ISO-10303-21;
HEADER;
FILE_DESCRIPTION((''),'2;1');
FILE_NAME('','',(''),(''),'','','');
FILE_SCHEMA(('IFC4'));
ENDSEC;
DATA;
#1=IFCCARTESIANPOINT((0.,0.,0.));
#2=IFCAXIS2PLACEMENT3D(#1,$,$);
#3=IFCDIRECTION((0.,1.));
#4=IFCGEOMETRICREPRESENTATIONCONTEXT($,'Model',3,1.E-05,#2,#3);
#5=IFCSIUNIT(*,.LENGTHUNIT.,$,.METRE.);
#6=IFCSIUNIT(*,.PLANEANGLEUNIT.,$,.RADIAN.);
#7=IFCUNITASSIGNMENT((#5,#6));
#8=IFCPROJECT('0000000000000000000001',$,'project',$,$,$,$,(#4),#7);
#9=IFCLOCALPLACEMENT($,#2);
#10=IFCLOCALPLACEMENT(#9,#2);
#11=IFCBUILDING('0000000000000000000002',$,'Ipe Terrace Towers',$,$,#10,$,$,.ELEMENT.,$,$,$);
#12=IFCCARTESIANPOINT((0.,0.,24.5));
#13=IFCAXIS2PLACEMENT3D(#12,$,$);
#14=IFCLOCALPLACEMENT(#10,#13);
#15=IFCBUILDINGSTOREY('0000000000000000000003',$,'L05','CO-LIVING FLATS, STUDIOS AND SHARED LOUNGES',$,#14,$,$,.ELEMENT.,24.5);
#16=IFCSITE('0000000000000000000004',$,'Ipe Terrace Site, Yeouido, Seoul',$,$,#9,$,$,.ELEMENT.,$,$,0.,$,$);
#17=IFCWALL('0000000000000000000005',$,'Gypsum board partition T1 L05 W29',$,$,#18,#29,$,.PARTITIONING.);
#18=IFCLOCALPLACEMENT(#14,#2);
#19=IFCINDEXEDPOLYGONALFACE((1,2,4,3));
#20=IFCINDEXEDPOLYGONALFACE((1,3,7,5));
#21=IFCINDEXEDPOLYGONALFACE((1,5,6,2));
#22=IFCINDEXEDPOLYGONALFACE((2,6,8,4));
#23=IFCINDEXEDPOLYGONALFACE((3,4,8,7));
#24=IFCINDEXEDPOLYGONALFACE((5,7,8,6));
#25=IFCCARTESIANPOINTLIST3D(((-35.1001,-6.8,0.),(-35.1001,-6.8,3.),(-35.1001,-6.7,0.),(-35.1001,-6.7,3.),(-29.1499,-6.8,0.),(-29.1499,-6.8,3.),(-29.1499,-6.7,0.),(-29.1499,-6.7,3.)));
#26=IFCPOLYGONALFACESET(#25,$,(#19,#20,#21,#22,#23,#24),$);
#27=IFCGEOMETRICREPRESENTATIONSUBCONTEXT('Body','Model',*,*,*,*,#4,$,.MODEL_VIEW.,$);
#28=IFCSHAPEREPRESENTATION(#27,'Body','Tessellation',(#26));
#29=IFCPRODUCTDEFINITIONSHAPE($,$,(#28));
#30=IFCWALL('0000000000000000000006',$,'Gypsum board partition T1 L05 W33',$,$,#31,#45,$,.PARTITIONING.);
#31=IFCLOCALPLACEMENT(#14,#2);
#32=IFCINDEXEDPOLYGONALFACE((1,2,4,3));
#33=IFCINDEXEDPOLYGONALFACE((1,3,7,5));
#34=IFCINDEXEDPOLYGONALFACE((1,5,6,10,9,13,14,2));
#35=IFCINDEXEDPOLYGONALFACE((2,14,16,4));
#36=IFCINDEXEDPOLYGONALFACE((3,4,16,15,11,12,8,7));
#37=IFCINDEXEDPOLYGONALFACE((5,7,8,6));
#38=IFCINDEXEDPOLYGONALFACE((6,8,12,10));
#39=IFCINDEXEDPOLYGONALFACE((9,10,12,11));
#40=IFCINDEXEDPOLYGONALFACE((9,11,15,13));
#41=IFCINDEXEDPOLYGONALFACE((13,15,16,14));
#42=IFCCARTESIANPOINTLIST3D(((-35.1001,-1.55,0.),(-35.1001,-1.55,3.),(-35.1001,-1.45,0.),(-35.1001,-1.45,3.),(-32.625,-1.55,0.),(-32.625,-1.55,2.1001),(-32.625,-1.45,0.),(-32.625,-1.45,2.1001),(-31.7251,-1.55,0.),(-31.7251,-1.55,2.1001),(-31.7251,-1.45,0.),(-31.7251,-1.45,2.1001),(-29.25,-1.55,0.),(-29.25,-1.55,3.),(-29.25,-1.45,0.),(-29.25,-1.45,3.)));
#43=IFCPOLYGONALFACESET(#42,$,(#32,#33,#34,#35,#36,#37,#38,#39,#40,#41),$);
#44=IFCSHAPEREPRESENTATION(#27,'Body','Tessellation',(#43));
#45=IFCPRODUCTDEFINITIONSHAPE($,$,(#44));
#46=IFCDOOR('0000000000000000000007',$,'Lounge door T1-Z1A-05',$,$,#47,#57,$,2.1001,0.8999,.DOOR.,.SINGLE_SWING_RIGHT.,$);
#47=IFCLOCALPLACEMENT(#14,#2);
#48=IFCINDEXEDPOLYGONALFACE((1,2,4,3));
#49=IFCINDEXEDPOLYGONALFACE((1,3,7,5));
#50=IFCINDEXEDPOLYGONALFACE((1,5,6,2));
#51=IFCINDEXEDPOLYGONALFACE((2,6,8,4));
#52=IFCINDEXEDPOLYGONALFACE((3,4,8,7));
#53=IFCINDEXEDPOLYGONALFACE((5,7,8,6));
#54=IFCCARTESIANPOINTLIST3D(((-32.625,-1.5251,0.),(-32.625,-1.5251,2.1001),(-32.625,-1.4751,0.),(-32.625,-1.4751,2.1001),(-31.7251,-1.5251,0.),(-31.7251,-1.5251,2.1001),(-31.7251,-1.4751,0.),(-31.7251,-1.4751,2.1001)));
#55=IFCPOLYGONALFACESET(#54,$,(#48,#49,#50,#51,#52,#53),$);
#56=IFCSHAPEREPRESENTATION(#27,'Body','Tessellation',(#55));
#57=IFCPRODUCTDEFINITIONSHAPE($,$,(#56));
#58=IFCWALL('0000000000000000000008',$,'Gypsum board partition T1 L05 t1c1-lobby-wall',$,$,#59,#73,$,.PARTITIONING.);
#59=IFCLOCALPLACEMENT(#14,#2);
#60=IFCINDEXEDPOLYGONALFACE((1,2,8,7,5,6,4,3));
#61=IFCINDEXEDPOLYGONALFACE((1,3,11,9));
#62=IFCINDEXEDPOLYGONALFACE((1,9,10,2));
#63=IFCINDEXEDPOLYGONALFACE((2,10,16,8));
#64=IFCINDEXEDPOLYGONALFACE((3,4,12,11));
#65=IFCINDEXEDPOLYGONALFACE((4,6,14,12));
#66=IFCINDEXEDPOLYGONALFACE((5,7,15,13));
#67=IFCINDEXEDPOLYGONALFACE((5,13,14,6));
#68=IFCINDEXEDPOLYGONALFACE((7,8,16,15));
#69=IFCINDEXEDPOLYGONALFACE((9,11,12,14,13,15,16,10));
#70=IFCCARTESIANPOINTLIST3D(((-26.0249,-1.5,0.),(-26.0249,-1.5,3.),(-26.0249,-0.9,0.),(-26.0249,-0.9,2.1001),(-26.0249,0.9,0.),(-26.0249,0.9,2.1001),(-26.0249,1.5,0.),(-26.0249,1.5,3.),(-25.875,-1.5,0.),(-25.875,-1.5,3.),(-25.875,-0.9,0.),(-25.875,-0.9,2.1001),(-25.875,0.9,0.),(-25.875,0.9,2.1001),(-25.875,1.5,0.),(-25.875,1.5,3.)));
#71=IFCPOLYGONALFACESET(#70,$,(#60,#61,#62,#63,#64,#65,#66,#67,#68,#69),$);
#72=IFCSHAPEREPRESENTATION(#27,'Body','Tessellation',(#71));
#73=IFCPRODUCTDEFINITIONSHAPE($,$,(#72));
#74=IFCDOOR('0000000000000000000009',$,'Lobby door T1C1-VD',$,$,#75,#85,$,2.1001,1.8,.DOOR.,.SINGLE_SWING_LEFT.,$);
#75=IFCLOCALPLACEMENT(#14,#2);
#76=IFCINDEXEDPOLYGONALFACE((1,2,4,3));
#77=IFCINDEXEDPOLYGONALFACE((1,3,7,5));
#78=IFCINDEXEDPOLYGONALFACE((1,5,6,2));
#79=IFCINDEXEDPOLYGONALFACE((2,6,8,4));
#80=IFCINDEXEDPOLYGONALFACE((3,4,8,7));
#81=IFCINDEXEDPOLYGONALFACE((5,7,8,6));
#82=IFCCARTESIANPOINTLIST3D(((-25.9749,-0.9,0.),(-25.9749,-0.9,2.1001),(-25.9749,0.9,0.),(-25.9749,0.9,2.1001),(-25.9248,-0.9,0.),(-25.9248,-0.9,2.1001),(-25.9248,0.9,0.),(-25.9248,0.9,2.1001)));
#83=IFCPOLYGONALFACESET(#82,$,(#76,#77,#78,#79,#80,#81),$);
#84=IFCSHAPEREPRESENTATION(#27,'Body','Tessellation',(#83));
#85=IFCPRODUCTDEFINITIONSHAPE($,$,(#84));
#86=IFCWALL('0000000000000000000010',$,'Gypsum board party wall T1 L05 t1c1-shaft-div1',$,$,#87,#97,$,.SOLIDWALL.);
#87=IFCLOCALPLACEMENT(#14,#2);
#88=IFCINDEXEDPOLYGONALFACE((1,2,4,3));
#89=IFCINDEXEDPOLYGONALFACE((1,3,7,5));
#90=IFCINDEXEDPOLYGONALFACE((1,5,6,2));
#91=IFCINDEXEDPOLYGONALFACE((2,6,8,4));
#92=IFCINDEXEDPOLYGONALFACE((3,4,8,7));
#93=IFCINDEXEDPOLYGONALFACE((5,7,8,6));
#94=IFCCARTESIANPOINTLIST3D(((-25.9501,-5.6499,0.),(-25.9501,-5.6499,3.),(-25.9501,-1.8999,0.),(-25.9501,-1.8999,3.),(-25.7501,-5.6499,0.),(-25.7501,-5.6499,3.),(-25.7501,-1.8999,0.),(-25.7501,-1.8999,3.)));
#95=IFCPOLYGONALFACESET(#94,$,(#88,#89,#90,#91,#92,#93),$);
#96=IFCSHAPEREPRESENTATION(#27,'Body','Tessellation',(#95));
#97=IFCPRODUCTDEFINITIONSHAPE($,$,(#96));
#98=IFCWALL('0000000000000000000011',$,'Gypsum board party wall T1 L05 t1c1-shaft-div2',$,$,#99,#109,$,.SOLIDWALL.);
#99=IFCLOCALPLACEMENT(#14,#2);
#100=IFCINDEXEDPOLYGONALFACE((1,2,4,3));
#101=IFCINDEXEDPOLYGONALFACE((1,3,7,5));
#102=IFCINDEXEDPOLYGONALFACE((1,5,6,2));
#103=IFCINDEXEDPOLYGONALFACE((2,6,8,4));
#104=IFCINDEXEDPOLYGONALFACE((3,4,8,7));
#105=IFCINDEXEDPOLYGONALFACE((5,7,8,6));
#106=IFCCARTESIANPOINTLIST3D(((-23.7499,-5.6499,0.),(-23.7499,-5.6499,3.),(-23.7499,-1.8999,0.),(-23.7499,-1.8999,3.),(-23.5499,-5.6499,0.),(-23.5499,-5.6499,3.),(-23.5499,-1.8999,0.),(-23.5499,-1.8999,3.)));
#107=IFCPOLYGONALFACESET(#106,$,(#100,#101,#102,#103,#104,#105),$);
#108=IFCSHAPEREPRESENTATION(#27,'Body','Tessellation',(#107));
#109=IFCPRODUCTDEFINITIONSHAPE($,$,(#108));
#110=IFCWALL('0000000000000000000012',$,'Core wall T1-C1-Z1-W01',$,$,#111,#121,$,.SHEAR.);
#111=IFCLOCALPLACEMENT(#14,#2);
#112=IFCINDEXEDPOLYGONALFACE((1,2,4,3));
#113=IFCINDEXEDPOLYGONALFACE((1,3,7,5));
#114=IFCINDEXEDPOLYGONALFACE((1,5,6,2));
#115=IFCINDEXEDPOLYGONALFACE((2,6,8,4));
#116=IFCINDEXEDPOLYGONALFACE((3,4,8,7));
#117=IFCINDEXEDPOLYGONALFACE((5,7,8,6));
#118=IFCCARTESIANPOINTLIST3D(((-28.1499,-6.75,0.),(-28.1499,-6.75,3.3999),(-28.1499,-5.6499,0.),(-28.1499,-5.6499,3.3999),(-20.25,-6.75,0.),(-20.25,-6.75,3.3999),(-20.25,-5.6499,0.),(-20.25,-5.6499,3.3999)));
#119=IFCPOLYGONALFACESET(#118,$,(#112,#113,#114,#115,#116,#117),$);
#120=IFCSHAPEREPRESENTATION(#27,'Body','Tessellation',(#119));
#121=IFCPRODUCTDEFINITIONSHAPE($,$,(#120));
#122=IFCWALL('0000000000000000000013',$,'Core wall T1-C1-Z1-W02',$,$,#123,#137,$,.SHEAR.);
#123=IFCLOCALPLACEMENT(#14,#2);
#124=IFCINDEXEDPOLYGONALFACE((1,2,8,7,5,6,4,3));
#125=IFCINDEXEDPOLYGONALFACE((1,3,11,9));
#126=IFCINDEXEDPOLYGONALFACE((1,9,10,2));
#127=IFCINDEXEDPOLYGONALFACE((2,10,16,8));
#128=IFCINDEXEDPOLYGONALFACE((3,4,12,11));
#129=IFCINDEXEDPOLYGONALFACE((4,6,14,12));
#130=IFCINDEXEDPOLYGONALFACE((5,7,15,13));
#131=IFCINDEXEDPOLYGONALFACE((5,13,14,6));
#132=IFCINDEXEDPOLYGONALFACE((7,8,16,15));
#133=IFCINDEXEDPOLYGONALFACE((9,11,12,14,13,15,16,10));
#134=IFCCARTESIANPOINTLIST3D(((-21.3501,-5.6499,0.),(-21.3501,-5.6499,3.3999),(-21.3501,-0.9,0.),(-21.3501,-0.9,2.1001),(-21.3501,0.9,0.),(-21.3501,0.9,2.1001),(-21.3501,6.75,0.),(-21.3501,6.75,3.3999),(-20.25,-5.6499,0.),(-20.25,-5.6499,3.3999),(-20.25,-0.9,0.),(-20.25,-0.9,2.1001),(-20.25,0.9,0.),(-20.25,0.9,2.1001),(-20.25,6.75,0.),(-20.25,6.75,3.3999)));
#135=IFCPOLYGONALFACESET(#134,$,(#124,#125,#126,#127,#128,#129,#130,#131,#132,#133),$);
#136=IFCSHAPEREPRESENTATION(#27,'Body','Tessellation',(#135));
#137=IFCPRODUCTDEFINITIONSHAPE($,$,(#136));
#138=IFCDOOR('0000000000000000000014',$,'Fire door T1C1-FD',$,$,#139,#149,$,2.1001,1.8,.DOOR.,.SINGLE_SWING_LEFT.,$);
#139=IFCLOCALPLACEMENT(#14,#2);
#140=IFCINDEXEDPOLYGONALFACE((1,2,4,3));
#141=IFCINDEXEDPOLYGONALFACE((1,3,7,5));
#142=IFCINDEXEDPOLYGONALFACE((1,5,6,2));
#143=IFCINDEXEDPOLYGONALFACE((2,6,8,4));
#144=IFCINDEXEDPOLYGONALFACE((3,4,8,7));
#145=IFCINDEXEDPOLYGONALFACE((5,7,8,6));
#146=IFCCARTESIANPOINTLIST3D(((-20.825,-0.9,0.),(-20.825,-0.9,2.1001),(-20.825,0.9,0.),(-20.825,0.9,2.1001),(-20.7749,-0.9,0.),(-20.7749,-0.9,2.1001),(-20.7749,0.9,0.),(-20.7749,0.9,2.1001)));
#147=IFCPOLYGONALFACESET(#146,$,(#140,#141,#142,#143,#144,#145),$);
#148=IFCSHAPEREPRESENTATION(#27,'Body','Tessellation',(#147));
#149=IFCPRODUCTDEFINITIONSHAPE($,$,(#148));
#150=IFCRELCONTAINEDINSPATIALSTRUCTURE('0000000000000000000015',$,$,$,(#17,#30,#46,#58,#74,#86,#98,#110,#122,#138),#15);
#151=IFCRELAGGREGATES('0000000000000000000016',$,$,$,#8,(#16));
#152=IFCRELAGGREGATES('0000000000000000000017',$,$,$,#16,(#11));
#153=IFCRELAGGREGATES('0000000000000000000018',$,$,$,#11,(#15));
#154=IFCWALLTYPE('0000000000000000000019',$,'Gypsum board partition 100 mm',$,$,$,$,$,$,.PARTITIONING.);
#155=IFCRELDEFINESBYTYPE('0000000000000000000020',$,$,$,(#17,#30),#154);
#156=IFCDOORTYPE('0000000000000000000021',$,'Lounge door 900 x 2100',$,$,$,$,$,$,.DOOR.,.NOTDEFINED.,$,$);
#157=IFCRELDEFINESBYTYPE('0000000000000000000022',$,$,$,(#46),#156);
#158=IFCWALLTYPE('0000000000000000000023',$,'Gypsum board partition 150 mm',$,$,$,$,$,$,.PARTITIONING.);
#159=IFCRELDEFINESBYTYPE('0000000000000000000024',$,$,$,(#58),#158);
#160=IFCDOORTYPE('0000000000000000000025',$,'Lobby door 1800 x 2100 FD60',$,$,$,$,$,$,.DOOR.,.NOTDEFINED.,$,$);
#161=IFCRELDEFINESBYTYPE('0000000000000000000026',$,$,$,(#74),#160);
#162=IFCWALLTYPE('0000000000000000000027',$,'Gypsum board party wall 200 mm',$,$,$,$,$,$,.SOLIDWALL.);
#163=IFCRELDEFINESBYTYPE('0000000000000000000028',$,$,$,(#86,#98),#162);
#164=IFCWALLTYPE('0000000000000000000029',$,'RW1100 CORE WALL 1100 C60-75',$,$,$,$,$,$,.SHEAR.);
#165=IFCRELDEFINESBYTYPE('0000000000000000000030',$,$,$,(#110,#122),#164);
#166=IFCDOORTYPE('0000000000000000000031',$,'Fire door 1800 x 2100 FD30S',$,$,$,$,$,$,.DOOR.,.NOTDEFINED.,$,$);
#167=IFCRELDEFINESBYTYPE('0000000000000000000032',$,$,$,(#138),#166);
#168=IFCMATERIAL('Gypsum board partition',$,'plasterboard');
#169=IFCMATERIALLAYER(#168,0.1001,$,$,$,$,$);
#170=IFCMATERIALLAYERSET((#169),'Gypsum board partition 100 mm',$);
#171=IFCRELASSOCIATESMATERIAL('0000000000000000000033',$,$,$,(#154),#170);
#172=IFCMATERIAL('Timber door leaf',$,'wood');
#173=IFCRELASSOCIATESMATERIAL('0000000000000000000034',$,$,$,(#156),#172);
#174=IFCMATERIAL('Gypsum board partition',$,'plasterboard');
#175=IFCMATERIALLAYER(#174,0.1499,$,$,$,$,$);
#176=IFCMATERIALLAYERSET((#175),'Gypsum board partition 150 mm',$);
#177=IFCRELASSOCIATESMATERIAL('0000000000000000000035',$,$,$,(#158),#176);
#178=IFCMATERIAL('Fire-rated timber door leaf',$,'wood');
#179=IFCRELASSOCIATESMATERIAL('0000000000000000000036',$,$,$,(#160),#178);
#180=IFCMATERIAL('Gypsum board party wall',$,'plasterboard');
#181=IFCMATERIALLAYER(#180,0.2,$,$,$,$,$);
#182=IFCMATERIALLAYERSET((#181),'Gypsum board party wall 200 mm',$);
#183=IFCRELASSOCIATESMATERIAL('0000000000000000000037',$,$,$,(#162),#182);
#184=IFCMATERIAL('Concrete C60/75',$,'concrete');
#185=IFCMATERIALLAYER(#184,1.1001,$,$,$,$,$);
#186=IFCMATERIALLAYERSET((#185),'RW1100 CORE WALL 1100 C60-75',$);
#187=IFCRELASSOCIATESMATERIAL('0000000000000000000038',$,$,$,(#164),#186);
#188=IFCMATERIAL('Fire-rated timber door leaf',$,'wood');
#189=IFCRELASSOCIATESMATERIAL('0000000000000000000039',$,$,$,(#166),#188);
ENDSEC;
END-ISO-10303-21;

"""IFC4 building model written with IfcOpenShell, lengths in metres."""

from ifc_helpers import new_model, si_unit, direction, frame, frame_2d, origin, place, context, subcontext, project, spatial, rectangle, extrude, material, layer, layer_set, type_object, element, fill, save


model = new_model("IFC4")

# Units and contexts
model_context = context("Model", 3, precision=1e-05, world=origin(), true_north=direction((0.0, 1.0)))
body_context = subcontext(model_context, "Body", "Model", "MODEL_VIEW")
ifc_project = project(units=[si_unit("LENGTHUNIT", "METRE"), si_unit("PLANEANGLEUNIT", "RADIAN")], contexts=[model_context])

# Site, building, storey
site_placement = place(None, origin())
site = spatial("IfcSite", under=ifc_project, at=site_placement, Name="Ipe Terrace Site, Yeouido, Seoul", CompositionType="ELEMENT", RefElevation=0.0)
building_placement = place(site_placement, origin())
building = spatial("IfcBuilding", under=site, at=building_placement, Name="Ipe Terrace Towers", CompositionType="ELEMENT")
storey_placement = place(building_placement, frame((0.0, 0.0, 24.5)))
storey = spatial("IfcBuildingStorey", under=building, at=storey_placement, Name="L05", Description="CO-LIVING FLATS, STUDIOS AND SHARED LOUNGES", CompositionType="ELEMENT", Elevation=24.5)

# Wall
ifc_material_1 = material(Name="Gypsum board partition", Category="plasterboard")
ifc_layer_1 = layer(ifc_material_1, 0.1001)
ifc_layer_set_1 = layer_set([ifc_layer_1], Name="Gypsum board partition 100 mm")
wall_type_1 = type_object("IfcWallType", Name="Gypsum board partition 100 mm", PredefinedType="PARTITIONING", material=ifc_layer_set_1)
wall_1_placement = place(storey_placement, frame((-35.1001, -6.75, 0.0), z_axis=(0.0, 0.0, 1.0), x_axis=(1.0, 0.0, 0.0)))
element("IfcWall", 1, at=wall_1_placement, inside=storey, type_object=wall_type_1, Name="Gypsum board partition T1 L05 W29", PredefinedType="PARTITIONING", context=body_context, shape_type="SweptSolid", body=[
    extrude(rectangle(XDim=5.9502, YDim=0.1001, at=frame_2d((2.9751, 0.0))), origin(), (0.0, 0.0, 1.0), 3.0),
])

# Walls, openings, doors
wall_2_placement = place(storey_placement, frame((-35.1001, -1.5, 0.0), z_axis=(0.0, 0.0, 1.0), x_axis=(1.0, 0.0, 0.0)))
wall_2 = element("IfcWall", 2, at=wall_2_placement, inside=storey, type_object=wall_type_1, Name="Gypsum board partition T1 L05 W33", PredefinedType="PARTITIONING", context=body_context, shape_type="SweptSolid", body=[
    extrude(rectangle(XDim=5.8501, YDim=0.1001, at=frame_2d((2.925, 0.0))), origin(), (0.0, 0.0, 1.0), 3.0),
])
opening_1_placement = place(wall_2_placement, frame((2.4751, 0.0, 0.0)))
opening_1 = element("IfcOpeningElement", 3, at=opening_1_placement, cuts=wall_2, PredefinedType="OPENING", context=body_context, shape_type="SweptSolid", body=[
    extrude(rectangle(XDim=0.8999, YDim=2.1001, at=frame_2d((0.45, 1.05))), frame((0.0, 0.0601, 0.0), z_axis=(0.0, -1.0, 0.0), x_axis=(1.0, 0.0, 0.0)), (0.0, 0.0, 1.0), 0.1201),
])
ifc_material_2 = material(Name="Timber door leaf", Category="wood")
door_type_1 = type_object("IfcDoorType", Name="Lounge door 900 x 2100", OperationType="NOTDEFINED", PredefinedType="DOOR", material=ifc_material_2)
door_1_placement = place(opening_1_placement, origin())
door_1 = element("IfcDoor", 4, at=door_1_placement, inside=storey, type_object=door_type_1, Name="Lounge door T1-Z1A-05", OperationType="SINGLE_SWING_RIGHT", OverallHeight=2.1001, OverallWidth=0.8999, PredefinedType="DOOR", context=body_context, shape_type="SweptSolid", body=[
    extrude(rectangle(XDim=0.8999, YDim=2.1001, at=frame_2d((0.45, 1.05))), frame((0.0, 0.0249, 0.0), z_axis=(0.0, -1.0, 0.0), x_axis=(1.0, 0.0, 0.0)), (0.0, 0.0, 1.0), 0.05),
])
fill(opening_1, door_1)
ifc_material_3 = material(Name="Gypsum board partition", Category="plasterboard")
ifc_layer_2 = layer(ifc_material_3, 0.1499)
ifc_layer_set_2 = layer_set([ifc_layer_2], Name="Gypsum board partition 150 mm")
wall_type_2 = type_object("IfcWallType", Name="Gypsum board partition 150 mm", PredefinedType="PARTITIONING", material=ifc_layer_set_2)
wall_3_placement = place(storey_placement, frame((-25.95, -1.5, 0.0), z_axis=(0.0, 0.0, 1.0), x_axis=(0.0, 1.0, 0.0)))
wall_3 = element("IfcWall", 5, at=wall_3_placement, inside=storey, type_object=wall_type_2, Name="Gypsum board partition T1 L05 t1c1-lobby-wall", PredefinedType="PARTITIONING", context=body_context, shape_type="SweptSolid", body=[
    extrude(rectangle(XDim=3.0, YDim=0.1499, at=frame_2d((1.5, 0.0))), origin(), (0.0, 0.0, 1.0), 3.0),
])
opening_2_placement = place(wall_3_placement, frame((0.6001, 0.0, 0.0)))
opening_2 = element("IfcOpeningElement", 6, at=opening_2_placement, cuts=wall_3, PredefinedType="OPENING", context=body_context, shape_type="SweptSolid", body=[
    extrude(rectangle(XDim=1.8, YDim=2.1001, at=frame_2d((0.8999, 1.05))), frame((0.0, 0.085, 0.0), z_axis=(0.0, -1.0, 0.0), x_axis=(1.0, 0.0, 0.0)), (0.0, 0.0, 1.0), 0.1699),
])
ifc_material_4 = material(Name="Fire-rated timber door leaf", Category="wood")
door_type_2 = type_object("IfcDoorType", Name="Lobby door 1800 x 2100 FD60", OperationType="NOTDEFINED", PredefinedType="DOOR", material=ifc_material_4)
door_2_placement = place(opening_2_placement, origin())
door_2 = element("IfcDoor", 7, at=door_2_placement, inside=storey, type_object=door_type_2, Name="Lobby door T1C1-VD", OperationType="SINGLE_SWING_LEFT", OverallHeight=2.1001, OverallWidth=1.8, PredefinedType="DOOR", context=body_context, shape_type="SweptSolid", body=[
    extrude(rectangle(XDim=1.8, YDim=2.1001, at=frame_2d((0.8999, 1.05))), frame((0.0, 0.0249, 0.0), z_axis=(0.0, -1.0, 0.0), x_axis=(1.0, 0.0, 0.0)), (0.0, 0.0, 1.0), 0.05),
])
fill(opening_2, door_2)

# Walls
ifc_material_5 = material(Name="Gypsum board party wall", Category="plasterboard")
ifc_layer_3 = layer(ifc_material_5, 0.2)
ifc_layer_set_3 = layer_set([ifc_layer_3], Name="Gypsum board party wall 200 mm")
wall_type_3 = type_object("IfcWallType", Name="Gypsum board party wall 200 mm", PredefinedType="SOLIDWALL", material=ifc_layer_set_3)
for number, where, z_axis, x_axis, name in (
    (8, (-25.8501, -5.6499, 0.0), (0.0, 0.0, 1.0), (0.0, 1.0, 0.0), "Gypsum board party wall T1 L05 t1c1-shaft-div1"),
    (9, (-23.6499, -5.6499, 0.0), (0.0, 0.0, 1.0), (0.0, 1.0, 0.0), "Gypsum board party wall T1 L05 t1c1-shaft-div2"),
):
    element("IfcWall", number, at=place(storey_placement, frame(where, z_axis=z_axis, x_axis=x_axis)), inside=storey, type_object=wall_type_3, Name=name, PredefinedType="SOLIDWALL", context=body_context, shape_type="SweptSolid", body=[
        extrude(rectangle(XDim=3.75, YDim=0.2, at=frame_2d((1.875, 0.0))), origin(), (0.0, 0.0, 1.0), 3.0),
    ])
ifc_material_6 = material(Name="Concrete C60/75", Category="concrete")
ifc_layer_4 = layer(ifc_material_6, 1.1001)
ifc_layer_set_4 = layer_set([ifc_layer_4], Name="RW1100 CORE WALL 1100 C60-75")
wall_type_4 = type_object("IfcWallType", Name="RW1100 CORE WALL 1100 C60-75", PredefinedType="SHEAR", material=ifc_layer_set_4)
wall_4_placement = place(storey_placement, frame((-28.1499, -6.2, 0.0), z_axis=(0.0, 0.0, 1.0), x_axis=(1.0, 0.0, 0.0)))
element("IfcWall", 10, at=wall_4_placement, inside=storey, type_object=wall_type_4, Name="Core wall T1-C1-Z1-W01", PredefinedType="SHEAR", context=body_context, shape_type="SweptSolid", body=[
    extrude(rectangle(XDim=7.8999, YDim=1.1001, at=frame_2d((3.95, 0.0))), origin(), (0.0, 0.0, 1.0), 3.3999),
])

# Wall, opening, door
wall_5_placement = place(storey_placement, frame((-20.8, -5.6499, 0.0), z_axis=(0.0, 0.0, 1.0), x_axis=(0.0, 1.0, 0.0)))
wall_5 = element("IfcWall", 11, at=wall_5_placement, inside=storey, type_object=wall_type_4, Name="Core wall T1-C1-Z1-W02", PredefinedType="SHEAR", context=body_context, shape_type="SweptSolid", body=[
    extrude(rectangle(XDim=12.3999, YDim=1.1001, at=frame_2d((6.2, 0.0))), origin(), (0.0, 0.0, 1.0), 3.3999),
])
opening_3_placement = place(wall_5_placement, frame((4.75, 0.0, 0.0)))
opening_3 = element("IfcOpeningElement", 12, at=opening_3_placement, cuts=wall_5, PredefinedType="OPENING", context=body_context, shape_type="SweptSolid", body=[
    extrude(rectangle(XDim=1.8, YDim=2.1001, at=frame_2d((0.8999, 1.05))), frame((0.0, 0.5601, 0.0), z_axis=(0.0, -1.0, 0.0), x_axis=(1.0, 0.0, 0.0)), (0.0, 0.0, 1.0), 1.1201),
])
ifc_material_7 = material(Name="Fire-rated timber door leaf", Category="wood")
door_type_3 = type_object("IfcDoorType", Name="Fire door 1800 x 2100 FD30S", OperationType="NOTDEFINED", PredefinedType="DOOR", material=ifc_material_7)
door_3_placement = place(opening_3_placement, origin())
door_3 = element("IfcDoor", 13, at=door_3_placement, inside=storey, type_object=door_type_3, Name="Fire door T1C1-FD", OperationType="SINGLE_SWING_LEFT", OverallHeight=2.1001, OverallWidth=1.8, PredefinedType="DOOR", context=body_context, shape_type="SweptSolid", body=[
    extrude(rectangle(XDim=1.8, YDim=2.1001, at=frame_2d((0.8999, 1.05))), frame((0.0, 0.0249, 0.0), z_axis=(0.0, -1.0, 0.0), x_axis=(1.0, 0.0, 0.0)), (0.0, 0.0, 1.0), 0.05),
])
fill(opening_3, door_3)

save(model, "model.ifc")
